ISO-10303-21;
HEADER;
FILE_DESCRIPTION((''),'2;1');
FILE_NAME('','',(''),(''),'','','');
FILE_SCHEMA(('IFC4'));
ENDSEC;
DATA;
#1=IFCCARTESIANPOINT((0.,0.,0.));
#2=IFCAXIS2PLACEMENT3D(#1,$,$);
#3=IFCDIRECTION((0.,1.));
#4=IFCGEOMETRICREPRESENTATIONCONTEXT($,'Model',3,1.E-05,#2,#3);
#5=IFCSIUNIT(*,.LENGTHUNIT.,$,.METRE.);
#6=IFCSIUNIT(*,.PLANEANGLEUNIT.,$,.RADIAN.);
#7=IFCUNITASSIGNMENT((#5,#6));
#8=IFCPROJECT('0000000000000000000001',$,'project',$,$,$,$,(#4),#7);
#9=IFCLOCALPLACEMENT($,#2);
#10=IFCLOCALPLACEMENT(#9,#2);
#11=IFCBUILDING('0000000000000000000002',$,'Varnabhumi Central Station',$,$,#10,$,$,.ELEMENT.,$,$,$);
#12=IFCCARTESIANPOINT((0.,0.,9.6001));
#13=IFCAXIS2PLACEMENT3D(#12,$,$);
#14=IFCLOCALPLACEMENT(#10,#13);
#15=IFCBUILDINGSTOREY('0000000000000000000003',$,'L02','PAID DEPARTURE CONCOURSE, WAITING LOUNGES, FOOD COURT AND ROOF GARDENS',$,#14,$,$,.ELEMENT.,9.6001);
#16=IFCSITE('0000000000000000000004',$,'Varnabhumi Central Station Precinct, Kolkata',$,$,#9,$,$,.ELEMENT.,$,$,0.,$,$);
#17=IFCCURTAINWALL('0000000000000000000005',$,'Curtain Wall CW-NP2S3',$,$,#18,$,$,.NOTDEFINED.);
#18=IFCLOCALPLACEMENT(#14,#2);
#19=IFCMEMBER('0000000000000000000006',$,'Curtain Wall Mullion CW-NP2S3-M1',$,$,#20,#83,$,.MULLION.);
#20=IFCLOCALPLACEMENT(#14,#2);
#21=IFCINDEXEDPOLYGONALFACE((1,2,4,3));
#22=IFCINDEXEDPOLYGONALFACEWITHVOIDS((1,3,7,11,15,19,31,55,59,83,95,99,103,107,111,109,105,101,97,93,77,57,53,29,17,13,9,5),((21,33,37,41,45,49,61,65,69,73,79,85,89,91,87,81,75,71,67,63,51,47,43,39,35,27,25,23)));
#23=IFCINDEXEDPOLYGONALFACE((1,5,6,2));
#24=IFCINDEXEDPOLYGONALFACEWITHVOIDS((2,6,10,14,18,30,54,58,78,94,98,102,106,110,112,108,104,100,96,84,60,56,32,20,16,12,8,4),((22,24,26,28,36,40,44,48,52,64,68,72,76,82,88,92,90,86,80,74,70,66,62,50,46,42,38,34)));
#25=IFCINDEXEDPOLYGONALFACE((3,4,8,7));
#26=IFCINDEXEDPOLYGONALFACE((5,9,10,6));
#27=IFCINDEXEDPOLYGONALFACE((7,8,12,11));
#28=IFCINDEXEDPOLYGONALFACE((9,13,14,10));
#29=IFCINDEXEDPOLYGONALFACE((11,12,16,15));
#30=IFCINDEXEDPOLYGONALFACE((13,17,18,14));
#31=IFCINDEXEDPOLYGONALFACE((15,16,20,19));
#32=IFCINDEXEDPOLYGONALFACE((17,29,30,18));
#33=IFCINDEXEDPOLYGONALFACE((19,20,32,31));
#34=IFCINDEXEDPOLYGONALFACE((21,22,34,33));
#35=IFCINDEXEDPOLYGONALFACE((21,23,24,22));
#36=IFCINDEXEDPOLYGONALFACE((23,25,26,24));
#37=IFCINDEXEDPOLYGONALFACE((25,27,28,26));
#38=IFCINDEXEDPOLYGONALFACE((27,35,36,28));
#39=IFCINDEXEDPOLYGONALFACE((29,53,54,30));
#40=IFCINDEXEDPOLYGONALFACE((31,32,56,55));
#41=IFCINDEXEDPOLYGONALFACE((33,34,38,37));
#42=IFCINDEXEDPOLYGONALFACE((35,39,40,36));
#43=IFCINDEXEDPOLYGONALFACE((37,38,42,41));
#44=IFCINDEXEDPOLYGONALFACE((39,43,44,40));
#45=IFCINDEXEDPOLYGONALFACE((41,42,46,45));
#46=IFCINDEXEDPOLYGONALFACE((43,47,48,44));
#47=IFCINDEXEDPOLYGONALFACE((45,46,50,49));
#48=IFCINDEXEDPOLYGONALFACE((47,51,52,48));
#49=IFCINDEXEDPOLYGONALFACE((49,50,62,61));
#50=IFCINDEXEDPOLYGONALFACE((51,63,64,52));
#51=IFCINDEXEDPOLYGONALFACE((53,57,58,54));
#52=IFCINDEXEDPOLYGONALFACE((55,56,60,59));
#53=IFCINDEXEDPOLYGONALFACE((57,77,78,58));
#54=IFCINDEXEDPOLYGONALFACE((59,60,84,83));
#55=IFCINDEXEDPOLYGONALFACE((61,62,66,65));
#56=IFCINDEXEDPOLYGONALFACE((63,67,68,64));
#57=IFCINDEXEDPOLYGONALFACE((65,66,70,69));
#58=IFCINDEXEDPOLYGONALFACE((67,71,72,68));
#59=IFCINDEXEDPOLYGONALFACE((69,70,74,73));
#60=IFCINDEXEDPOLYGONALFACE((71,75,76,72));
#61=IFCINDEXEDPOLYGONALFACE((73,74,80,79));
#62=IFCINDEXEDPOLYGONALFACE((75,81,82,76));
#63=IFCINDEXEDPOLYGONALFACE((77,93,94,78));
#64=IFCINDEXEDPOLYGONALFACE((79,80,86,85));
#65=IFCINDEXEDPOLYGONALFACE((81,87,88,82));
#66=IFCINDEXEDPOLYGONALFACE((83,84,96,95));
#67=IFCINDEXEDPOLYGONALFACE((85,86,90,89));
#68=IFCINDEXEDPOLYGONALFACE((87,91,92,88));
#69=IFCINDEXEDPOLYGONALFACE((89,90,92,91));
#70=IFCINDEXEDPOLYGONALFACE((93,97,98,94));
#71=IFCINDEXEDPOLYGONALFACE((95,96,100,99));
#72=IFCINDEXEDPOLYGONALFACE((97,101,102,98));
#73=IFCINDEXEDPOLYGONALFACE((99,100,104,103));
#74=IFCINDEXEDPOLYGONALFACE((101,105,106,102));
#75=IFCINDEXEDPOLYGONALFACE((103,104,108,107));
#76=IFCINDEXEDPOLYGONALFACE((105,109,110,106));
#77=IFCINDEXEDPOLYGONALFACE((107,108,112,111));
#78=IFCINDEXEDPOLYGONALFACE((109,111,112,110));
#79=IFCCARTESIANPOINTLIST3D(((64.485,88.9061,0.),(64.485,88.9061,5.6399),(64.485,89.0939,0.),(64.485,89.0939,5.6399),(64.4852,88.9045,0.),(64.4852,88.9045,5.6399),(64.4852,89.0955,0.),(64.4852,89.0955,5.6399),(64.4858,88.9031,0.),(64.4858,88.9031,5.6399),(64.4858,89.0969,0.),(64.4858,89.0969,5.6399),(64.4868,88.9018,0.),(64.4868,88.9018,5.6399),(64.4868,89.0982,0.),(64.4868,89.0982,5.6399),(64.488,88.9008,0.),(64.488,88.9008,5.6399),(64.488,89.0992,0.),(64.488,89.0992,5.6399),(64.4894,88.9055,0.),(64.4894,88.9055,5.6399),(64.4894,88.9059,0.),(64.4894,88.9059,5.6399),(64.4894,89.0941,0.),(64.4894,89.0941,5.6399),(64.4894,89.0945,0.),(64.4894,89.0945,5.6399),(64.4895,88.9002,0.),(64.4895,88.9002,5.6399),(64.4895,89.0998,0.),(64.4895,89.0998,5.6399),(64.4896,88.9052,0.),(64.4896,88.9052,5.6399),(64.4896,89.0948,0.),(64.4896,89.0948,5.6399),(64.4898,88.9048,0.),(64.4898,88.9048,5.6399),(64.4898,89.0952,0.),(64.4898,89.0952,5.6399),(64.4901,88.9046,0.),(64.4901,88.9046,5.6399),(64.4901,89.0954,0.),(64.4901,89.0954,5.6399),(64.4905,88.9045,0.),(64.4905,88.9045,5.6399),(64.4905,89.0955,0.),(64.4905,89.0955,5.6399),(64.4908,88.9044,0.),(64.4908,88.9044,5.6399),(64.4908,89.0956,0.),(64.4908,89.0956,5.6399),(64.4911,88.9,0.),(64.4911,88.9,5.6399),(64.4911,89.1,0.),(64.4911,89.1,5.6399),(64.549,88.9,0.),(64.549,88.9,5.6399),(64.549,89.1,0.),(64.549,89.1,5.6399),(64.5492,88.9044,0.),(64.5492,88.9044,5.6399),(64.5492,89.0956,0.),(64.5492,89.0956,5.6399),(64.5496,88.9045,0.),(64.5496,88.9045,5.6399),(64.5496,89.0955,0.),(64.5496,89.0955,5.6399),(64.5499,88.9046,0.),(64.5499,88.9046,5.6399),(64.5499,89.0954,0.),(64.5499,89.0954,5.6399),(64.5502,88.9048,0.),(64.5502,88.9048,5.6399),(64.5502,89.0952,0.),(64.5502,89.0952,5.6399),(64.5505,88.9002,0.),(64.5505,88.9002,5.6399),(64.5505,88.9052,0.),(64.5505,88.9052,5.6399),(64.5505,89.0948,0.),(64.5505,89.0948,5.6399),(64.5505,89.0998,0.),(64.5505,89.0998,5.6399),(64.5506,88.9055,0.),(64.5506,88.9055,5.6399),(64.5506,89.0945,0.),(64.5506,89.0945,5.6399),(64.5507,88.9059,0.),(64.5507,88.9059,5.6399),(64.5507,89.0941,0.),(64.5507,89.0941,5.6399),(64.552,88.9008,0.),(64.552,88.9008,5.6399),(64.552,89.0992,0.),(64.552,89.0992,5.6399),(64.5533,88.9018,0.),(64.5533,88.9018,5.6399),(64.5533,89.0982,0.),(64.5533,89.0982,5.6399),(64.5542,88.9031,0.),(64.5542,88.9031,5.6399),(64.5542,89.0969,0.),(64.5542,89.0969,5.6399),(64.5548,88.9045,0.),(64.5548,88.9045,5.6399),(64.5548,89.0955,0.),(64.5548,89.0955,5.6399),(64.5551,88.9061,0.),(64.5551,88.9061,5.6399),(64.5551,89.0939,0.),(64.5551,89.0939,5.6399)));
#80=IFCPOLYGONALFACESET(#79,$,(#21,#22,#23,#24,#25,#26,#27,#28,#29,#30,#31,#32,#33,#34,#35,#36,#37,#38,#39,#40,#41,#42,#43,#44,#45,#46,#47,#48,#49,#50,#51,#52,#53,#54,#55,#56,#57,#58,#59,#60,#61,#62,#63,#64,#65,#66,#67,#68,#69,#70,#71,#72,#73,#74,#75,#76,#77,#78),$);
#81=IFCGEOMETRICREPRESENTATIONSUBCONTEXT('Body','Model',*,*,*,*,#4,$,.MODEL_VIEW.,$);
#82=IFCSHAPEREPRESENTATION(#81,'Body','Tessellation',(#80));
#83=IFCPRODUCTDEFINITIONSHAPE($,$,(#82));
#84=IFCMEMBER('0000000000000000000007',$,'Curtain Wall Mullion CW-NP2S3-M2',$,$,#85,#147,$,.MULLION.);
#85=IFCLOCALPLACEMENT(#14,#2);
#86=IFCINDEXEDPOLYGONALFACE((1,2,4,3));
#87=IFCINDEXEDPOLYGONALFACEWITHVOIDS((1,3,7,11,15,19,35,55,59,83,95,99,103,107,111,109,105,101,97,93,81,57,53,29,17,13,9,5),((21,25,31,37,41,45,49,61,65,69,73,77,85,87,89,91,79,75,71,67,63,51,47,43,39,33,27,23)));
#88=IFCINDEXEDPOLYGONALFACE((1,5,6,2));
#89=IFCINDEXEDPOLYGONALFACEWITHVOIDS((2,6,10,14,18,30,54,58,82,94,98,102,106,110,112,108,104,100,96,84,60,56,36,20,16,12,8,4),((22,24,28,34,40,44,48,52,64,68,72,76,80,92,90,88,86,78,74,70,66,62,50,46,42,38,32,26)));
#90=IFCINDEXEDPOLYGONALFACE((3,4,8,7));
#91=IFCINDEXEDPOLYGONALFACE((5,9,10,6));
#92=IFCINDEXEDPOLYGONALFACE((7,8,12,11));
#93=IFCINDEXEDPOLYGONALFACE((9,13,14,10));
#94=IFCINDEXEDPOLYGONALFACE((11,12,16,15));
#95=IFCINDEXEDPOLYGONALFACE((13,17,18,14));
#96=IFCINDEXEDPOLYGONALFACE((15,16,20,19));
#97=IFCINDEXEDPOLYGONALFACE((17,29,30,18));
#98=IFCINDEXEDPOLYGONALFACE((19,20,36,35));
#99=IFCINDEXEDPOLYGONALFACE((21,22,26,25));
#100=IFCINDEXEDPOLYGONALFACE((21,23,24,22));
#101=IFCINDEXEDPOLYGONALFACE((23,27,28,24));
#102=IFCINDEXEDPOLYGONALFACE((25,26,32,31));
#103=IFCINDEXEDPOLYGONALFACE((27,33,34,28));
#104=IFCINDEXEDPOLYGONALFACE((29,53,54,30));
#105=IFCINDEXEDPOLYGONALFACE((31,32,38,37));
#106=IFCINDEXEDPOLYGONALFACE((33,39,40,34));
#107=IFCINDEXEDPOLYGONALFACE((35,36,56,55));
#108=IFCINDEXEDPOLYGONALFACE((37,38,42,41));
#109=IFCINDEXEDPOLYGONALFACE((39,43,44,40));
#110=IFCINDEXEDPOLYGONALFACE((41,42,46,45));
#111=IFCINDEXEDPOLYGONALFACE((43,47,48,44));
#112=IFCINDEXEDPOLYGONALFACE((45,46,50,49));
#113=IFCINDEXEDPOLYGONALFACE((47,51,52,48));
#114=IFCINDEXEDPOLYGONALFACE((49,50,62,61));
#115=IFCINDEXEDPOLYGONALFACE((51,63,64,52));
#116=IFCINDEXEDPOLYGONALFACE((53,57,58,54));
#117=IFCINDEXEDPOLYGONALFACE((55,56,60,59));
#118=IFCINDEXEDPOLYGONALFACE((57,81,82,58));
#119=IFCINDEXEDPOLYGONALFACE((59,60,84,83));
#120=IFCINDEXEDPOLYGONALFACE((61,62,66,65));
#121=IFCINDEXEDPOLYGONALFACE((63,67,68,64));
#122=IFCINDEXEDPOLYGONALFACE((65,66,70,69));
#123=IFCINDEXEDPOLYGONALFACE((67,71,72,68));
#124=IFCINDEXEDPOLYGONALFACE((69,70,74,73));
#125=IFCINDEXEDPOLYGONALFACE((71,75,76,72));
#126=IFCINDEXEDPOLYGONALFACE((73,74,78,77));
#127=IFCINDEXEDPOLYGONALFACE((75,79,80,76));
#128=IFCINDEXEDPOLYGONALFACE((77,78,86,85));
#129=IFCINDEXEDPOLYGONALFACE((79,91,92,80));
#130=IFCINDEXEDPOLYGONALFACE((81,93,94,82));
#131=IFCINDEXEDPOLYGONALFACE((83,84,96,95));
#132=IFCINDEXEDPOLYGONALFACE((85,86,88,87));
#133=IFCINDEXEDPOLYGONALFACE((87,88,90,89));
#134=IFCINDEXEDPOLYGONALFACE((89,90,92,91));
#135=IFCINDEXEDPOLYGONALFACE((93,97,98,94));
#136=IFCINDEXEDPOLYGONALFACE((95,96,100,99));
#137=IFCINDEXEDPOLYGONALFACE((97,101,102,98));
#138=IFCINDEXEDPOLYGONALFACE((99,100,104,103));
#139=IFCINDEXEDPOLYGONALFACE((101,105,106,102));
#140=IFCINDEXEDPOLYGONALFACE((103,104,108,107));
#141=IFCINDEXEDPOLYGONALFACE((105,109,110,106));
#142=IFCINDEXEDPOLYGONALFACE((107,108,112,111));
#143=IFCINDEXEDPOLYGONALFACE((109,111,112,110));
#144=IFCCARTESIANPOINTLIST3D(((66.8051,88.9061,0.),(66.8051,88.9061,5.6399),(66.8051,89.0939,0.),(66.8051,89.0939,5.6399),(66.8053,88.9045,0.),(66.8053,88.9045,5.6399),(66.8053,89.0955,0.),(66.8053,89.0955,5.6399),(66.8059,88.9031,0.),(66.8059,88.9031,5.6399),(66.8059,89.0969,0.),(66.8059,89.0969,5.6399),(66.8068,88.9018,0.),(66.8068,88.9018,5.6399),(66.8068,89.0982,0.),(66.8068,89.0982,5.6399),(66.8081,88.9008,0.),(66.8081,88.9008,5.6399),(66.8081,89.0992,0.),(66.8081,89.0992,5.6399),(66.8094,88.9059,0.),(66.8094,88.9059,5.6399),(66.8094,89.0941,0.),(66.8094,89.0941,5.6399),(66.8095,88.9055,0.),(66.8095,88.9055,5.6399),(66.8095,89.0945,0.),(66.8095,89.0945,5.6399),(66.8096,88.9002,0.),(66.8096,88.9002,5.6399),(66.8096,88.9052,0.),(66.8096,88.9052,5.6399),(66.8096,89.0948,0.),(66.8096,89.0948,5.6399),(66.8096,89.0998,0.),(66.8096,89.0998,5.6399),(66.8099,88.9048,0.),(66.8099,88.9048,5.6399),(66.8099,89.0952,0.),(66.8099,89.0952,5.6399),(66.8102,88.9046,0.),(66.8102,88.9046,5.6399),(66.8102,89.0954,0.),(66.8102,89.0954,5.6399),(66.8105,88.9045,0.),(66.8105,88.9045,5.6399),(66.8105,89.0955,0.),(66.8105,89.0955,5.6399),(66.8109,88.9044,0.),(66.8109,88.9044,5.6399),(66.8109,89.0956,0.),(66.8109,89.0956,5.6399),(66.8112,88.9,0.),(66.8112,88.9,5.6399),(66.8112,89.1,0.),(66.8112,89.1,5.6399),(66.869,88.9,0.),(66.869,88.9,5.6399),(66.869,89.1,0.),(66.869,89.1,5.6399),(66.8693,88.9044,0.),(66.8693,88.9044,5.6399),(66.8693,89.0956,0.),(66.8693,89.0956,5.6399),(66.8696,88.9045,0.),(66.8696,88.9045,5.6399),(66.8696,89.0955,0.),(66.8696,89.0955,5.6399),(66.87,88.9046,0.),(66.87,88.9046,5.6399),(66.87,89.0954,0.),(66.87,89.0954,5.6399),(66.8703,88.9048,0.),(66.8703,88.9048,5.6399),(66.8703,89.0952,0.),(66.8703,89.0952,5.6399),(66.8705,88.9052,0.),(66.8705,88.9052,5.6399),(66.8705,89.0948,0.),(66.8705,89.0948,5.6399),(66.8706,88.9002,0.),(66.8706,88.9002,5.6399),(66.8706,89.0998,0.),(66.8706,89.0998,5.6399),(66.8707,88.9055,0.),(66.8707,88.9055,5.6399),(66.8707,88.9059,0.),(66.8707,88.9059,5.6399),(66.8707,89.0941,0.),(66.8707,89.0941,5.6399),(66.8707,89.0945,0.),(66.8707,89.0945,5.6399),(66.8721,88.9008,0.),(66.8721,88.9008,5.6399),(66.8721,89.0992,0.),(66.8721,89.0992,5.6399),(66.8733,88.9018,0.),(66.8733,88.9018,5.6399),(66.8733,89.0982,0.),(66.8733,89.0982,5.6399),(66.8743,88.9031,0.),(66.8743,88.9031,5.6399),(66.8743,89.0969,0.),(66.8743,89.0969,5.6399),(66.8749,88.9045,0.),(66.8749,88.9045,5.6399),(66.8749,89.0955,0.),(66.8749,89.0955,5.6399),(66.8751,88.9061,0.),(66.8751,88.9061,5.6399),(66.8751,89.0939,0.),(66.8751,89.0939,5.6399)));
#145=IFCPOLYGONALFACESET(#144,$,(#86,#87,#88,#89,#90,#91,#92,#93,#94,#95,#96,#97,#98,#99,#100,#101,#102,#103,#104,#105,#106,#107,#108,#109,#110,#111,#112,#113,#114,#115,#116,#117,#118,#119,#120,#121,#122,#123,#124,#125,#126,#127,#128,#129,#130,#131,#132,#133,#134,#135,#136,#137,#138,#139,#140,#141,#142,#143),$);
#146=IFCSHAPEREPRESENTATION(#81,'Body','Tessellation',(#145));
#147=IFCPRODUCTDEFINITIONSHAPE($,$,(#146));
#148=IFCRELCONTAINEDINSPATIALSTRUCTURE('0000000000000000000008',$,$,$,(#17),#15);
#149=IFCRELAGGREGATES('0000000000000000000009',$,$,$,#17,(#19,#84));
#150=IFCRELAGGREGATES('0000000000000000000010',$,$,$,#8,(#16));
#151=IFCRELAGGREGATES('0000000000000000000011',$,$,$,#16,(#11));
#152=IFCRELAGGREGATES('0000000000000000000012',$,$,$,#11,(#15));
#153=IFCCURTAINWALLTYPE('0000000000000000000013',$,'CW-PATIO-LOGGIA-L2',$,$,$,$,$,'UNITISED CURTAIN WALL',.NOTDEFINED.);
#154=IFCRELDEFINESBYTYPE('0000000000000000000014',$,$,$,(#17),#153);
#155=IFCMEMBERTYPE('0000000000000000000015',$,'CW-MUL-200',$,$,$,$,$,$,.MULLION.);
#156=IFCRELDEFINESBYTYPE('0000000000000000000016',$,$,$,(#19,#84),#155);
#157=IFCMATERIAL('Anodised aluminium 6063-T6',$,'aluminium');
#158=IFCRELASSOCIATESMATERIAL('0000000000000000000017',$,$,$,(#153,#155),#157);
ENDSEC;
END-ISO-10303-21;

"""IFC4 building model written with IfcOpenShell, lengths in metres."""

from ifc_helpers import new_model, si_unit, direction, frame, origin, origin_2d, place, context, subcontext, project, spatial, hollow_rectangle, extrude, material, material_profile, profile_set, type_object, element, aggregate, save


model = new_model("IFC4")

# Units and contexts
model_context = context("Model", 3, precision=1e-05, world=origin(), true_north=direction((0.0, 1.0)))
body_context = subcontext(model_context, "Body", "Model", "MODEL_VIEW")
ifc_project = project(units=[si_unit("LENGTHUNIT", "METRE"), si_unit("PLANEANGLEUNIT", "RADIAN")], contexts=[model_context])

# Site, building, storey
site_placement = place(None, origin())
site = spatial("IfcSite", under=ifc_project, at=site_placement, Name="Varnabhumi Central Station Precinct, Kolkata", CompositionType="ELEMENT", RefElevation=0.0)
building_placement = place(site_placement, origin())
building = spatial("IfcBuilding", under=site, at=building_placement, Name="Varnabhumi Central Station", CompositionType="ELEMENT")
storey_placement = place(building_placement, frame((0.0, 0.0, 9.6001)))
storey = spatial("IfcBuildingStorey", under=building, at=storey_placement, Name="L02", Description="PAID DEPARTURE CONCOURSE, WAITING LOUNGES, FOOD COURT AND ROOF GARDENS", CompositionType="ELEMENT", Elevation=9.6001)

# Shared definitions
ifc_material_1 = material(Name="Anodised aluminium 6063-T6", Category="aluminium")
curtain_wall_type = type_object("IfcCurtainWallType", Name="CW-PATIO-LOGGIA-L2", ElementType="UNITISED CURTAIN WALL", PredefinedType="NOTDEFINED", material=ifc_material_1)
ifc_material_profile_1 = material_profile(ifc_material_1, hollow_rectangle(XDim=0.0701, YDim=0.2, WallThickness=0.0044, InnerFilletRadius=0.0015, OuterFilletRadius=0.0061, at=origin_2d()), Name="Anodised aluminium 6063-T6", Category="aluminium")
ifc_profile_set_1 = profile_set([ifc_material_profile_1], Name="Anodised aluminium 6063-T6")
member_type_1 = type_object("IfcMemberType", Name="CW-MUL-200", PredefinedType="MULLION", material=ifc_profile_set_1)

# Curtain wall, members
curtain_wall_1_placement = place(storey_placement, origin())
curtain_wall_1 = element("IfcCurtainWall", 1, at=curtain_wall_1_placement, inside=storey, type_object=curtain_wall_type, Name="Curtain Wall CW-NP2S3", PredefinedType="NOTDEFINED")
member_1_placement = place(storey_placement, frame((64.52, 89.0, 0.0), z_axis=(0.0, 0.0, 1.0), x_axis=(1.0, 0.0, 0.0)))
member_1 = element("IfcMember", 2, at=member_1_placement, type_object=member_type_1, Name="Curtain Wall Mullion CW-NP2S3-M1", PredefinedType="MULLION", context=body_context, shape_type="SweptSolid", body=[
    extrude(hollow_rectangle(XDim=0.0701, YDim=0.2, WallThickness=0.0044, InnerFilletRadius=0.0015, OuterFilletRadius=0.0061, at=origin_2d()), origin(), (0.0, 0.0, 1.0), 5.6399),
])
member_2_placement = place(storey_placement, frame((66.8401, 89.0, 0.0), z_axis=(0.0, 0.0, 1.0), x_axis=(1.0, 0.0, 0.0)))
member_2 = element("IfcMember", 3, at=member_2_placement, type_object=member_type_1, Name="Curtain Wall Mullion CW-NP2S3-M2", PredefinedType="MULLION", context=body_context, shape_type="SweptSolid", body=[
    extrude(hollow_rectangle(XDim=0.0701, YDim=0.2, WallThickness=0.0044, InnerFilletRadius=0.0015, OuterFilletRadius=0.0061, at=origin_2d()), origin(), (0.0, 0.0, 1.0), 5.6399),
])

aggregate(curtain_wall_1, [member_1, member_2])

save(model, "model.ifc")
